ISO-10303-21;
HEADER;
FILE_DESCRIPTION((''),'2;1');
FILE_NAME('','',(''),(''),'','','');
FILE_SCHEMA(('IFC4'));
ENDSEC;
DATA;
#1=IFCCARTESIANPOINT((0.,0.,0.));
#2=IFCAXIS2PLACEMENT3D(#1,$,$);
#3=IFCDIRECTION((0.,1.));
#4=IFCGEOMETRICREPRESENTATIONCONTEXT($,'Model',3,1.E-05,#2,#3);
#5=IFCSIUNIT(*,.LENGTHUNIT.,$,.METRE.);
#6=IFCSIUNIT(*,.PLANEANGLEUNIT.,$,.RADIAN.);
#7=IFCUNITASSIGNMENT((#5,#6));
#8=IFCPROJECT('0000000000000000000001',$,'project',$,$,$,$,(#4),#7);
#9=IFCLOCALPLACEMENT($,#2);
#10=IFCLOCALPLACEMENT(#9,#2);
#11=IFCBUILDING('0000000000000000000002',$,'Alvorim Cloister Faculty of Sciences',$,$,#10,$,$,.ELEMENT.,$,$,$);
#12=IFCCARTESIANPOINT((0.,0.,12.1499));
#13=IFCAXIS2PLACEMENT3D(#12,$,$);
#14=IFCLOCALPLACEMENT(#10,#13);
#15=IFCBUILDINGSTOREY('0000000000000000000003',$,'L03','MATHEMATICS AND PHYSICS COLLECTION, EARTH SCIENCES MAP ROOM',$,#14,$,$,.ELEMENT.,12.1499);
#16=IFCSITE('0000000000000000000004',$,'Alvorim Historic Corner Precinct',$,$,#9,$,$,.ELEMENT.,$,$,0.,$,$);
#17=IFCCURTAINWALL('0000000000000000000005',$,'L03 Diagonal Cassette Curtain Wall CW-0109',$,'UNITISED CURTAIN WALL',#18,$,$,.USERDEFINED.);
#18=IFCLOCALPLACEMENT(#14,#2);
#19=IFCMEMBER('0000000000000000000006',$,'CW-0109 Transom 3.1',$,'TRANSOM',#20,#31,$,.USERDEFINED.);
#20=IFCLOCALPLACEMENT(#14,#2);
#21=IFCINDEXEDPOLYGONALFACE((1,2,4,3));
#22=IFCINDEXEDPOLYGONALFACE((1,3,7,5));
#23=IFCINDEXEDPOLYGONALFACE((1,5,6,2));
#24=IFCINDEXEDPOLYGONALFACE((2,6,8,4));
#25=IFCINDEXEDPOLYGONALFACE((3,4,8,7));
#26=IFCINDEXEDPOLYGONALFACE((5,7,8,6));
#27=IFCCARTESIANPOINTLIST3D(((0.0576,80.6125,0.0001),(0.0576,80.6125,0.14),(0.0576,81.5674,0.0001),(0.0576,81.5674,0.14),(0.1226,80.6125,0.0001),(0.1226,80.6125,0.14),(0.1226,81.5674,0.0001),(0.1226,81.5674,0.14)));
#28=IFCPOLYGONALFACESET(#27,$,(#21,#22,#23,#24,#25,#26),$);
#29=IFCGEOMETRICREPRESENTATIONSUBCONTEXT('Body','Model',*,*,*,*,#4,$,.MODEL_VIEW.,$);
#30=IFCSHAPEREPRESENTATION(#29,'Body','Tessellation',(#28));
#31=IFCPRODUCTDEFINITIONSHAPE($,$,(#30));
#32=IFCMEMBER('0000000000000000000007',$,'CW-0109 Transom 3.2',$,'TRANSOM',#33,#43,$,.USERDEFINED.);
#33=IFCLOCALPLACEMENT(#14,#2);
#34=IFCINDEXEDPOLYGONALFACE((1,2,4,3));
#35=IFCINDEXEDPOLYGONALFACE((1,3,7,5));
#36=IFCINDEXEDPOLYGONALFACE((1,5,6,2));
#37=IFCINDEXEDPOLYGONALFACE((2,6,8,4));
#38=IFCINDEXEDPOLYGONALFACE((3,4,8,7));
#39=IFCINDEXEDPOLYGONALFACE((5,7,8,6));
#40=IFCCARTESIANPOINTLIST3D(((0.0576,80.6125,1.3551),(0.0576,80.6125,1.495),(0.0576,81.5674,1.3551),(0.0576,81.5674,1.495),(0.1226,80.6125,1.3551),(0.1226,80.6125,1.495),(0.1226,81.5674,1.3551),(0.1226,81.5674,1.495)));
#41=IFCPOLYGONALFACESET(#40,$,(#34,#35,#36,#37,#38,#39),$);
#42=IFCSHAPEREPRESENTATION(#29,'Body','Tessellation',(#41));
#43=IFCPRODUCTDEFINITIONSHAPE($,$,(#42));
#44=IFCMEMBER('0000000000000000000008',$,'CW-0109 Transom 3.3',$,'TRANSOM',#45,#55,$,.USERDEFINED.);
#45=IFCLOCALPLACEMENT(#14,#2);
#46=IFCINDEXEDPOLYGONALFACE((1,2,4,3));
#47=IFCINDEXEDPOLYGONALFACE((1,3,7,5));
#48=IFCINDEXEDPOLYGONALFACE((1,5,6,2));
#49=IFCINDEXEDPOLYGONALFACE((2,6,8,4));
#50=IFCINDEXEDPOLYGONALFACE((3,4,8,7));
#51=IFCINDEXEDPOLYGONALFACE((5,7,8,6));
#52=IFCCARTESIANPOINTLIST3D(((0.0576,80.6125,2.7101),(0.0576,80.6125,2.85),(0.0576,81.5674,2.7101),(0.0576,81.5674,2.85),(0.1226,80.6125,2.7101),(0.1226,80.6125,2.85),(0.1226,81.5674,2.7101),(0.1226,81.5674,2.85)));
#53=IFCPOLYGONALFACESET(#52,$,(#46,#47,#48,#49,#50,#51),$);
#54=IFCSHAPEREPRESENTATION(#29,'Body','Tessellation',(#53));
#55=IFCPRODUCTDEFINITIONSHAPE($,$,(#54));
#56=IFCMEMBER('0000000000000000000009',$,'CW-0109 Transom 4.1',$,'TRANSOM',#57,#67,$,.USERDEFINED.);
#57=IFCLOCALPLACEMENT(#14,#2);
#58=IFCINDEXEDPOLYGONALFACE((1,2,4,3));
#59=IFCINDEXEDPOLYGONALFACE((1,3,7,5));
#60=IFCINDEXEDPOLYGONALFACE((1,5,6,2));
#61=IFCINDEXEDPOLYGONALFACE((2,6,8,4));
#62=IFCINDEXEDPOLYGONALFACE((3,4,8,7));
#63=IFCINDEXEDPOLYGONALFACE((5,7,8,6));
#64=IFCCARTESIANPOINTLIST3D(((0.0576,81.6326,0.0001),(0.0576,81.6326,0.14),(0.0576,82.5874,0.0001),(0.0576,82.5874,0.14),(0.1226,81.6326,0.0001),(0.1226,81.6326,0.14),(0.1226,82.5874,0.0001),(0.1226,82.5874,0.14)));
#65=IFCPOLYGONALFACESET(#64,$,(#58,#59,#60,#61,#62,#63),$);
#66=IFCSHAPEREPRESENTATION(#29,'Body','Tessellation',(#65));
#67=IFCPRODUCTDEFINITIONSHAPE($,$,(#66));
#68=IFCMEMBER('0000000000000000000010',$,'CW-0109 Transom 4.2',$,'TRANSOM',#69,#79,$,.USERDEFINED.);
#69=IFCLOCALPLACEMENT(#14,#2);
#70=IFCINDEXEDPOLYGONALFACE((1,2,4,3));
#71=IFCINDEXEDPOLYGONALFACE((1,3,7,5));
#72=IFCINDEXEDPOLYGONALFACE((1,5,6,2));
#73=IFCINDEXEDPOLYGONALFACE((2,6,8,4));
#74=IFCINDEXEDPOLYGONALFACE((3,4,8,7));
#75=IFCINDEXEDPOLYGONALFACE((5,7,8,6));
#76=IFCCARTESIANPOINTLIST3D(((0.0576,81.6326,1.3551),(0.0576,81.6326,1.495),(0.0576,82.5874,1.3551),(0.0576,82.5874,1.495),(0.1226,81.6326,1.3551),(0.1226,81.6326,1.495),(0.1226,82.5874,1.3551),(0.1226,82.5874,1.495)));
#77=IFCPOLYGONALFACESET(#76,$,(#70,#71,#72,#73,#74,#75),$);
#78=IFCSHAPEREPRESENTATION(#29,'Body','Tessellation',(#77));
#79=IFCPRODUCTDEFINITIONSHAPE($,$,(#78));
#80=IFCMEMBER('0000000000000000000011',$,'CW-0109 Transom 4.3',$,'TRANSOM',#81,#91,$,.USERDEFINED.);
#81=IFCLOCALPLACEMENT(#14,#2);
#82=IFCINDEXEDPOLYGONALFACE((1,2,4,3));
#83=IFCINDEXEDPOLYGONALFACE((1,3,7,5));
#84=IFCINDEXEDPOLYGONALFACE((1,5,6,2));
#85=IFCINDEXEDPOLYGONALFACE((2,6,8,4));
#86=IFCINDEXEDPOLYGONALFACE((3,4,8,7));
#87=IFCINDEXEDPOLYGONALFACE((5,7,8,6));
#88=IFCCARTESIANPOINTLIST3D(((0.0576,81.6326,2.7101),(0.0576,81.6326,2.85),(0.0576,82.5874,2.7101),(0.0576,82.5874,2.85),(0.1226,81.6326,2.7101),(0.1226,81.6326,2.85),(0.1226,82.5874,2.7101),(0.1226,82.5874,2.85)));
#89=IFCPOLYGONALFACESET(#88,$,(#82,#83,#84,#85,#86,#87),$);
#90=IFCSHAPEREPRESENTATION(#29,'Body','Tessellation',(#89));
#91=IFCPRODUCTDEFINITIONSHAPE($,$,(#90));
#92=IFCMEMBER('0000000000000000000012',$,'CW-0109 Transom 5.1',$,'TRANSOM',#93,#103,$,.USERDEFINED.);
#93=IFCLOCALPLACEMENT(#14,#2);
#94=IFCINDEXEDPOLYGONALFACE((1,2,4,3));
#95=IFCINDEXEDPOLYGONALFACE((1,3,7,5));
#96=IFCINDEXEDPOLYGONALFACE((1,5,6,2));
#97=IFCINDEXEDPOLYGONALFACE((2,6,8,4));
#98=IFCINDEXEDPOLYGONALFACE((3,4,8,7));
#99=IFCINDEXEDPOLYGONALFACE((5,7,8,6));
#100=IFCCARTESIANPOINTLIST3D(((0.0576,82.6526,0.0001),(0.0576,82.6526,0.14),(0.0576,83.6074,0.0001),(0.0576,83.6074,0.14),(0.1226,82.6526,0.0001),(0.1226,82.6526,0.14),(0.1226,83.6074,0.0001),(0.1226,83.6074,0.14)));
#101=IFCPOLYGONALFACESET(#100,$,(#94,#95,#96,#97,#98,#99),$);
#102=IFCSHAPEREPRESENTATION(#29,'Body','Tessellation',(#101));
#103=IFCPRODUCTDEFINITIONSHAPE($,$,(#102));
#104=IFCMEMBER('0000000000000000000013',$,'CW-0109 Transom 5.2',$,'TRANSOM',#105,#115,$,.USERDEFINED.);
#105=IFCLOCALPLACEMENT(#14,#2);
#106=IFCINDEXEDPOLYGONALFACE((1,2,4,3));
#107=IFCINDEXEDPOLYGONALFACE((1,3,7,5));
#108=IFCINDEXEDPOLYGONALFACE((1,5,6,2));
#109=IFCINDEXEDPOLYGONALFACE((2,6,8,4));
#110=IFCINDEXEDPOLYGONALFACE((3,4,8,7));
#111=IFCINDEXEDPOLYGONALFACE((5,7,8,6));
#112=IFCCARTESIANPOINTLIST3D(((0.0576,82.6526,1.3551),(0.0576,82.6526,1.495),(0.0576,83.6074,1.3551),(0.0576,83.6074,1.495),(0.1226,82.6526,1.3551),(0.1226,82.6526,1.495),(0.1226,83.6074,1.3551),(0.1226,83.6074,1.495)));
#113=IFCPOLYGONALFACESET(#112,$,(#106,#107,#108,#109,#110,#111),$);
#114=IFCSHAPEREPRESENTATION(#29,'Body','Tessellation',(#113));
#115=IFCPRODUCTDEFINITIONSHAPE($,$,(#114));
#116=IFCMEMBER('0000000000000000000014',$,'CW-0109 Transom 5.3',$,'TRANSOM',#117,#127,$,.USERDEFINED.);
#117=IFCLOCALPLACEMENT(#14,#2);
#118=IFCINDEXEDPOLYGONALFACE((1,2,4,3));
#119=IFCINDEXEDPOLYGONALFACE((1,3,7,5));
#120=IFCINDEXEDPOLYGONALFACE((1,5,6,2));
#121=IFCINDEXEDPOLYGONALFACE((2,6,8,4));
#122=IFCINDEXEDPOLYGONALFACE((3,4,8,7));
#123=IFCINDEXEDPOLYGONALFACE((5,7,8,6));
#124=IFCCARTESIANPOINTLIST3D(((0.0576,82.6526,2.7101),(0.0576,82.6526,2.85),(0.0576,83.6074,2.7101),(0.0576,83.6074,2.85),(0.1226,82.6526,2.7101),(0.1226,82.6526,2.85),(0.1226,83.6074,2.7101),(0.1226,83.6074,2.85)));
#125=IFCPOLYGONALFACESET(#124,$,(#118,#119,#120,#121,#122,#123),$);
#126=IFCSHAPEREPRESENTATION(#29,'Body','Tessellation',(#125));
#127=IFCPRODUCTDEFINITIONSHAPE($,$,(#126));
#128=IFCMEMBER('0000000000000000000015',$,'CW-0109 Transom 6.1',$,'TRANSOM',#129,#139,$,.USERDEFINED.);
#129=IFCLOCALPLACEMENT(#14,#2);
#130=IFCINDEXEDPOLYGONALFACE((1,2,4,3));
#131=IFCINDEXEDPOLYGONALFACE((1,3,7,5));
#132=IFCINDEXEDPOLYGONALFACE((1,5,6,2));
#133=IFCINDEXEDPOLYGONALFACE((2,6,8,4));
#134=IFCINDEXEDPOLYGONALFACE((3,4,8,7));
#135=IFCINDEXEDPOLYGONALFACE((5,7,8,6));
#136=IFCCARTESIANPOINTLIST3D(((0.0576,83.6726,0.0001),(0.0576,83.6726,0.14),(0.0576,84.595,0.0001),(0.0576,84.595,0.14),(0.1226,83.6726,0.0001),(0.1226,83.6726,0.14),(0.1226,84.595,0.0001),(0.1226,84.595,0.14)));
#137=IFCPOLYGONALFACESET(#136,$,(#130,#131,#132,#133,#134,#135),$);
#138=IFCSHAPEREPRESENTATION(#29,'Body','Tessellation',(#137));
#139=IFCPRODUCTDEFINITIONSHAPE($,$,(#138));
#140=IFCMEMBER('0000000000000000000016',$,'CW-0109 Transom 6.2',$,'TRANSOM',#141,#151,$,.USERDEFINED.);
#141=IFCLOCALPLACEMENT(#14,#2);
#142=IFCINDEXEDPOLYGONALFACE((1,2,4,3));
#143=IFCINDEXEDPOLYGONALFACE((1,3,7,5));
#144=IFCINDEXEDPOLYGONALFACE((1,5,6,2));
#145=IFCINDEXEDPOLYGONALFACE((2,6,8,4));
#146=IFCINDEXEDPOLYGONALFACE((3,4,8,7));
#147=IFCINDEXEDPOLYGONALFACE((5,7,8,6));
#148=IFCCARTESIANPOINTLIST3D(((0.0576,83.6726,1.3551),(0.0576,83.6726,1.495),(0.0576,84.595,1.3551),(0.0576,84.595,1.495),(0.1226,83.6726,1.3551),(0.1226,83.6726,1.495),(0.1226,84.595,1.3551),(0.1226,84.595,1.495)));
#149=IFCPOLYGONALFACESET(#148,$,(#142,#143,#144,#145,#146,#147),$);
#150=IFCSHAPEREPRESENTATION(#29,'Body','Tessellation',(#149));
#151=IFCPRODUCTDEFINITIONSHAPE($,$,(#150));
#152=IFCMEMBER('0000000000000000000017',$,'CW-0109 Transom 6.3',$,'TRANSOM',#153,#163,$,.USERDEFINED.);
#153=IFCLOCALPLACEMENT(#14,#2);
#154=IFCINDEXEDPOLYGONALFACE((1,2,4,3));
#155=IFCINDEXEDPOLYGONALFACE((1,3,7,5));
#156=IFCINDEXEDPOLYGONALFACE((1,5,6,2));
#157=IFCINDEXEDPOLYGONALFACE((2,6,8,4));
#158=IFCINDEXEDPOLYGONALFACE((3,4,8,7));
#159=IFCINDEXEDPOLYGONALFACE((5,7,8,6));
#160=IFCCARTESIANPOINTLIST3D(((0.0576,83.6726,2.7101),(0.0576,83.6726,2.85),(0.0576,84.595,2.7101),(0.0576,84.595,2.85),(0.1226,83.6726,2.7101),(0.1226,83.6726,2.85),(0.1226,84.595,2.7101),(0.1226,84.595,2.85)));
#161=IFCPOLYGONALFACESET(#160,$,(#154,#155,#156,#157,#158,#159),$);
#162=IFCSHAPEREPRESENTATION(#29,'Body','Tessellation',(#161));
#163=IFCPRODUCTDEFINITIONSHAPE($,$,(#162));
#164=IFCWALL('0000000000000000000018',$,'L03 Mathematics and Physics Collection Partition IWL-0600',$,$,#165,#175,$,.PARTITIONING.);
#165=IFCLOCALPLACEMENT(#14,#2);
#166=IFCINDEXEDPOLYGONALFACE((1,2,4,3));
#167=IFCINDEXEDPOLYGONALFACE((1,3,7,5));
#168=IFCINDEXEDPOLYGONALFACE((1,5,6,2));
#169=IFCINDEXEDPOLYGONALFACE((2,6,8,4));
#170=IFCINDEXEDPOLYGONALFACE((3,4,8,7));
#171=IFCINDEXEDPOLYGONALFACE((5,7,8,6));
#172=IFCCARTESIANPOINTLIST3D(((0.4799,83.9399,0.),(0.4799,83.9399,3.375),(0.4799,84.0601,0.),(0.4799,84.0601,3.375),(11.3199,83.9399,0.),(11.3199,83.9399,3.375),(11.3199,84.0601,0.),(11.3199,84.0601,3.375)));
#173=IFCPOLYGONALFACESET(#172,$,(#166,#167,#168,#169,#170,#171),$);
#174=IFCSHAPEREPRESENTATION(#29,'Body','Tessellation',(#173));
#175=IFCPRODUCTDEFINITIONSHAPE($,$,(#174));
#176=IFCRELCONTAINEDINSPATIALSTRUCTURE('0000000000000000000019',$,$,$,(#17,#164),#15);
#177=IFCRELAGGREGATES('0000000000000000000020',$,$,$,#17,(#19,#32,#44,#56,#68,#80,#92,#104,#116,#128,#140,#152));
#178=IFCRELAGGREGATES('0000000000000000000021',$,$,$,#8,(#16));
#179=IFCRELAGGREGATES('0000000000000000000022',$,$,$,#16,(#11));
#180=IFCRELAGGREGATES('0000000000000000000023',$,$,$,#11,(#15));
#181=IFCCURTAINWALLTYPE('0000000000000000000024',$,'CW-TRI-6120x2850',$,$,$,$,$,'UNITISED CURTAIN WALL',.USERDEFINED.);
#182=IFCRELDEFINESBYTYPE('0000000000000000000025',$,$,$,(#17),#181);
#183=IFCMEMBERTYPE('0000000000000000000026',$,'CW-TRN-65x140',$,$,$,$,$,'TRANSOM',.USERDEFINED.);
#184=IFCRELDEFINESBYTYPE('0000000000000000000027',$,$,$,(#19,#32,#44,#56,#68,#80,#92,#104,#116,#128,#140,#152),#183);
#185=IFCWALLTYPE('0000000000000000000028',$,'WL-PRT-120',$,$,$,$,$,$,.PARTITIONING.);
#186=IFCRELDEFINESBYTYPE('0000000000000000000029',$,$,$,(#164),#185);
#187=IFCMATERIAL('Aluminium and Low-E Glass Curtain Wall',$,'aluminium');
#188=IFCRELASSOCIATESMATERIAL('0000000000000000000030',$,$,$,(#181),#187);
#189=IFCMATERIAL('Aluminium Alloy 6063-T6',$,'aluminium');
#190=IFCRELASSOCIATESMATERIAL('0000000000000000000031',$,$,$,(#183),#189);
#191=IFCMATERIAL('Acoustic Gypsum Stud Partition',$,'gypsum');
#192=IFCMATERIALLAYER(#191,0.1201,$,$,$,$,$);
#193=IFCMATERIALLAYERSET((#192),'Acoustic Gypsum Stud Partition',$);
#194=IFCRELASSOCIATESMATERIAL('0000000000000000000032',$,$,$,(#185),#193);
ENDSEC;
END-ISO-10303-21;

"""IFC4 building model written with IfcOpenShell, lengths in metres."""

from ifc_helpers import new_model, si_unit, direction, frame, frame_2d, origin, origin_2d, place, context, subcontext, project, spatial, rectangle, extrude, material, layer, layer_set, material_profile, profile_set, type_object, element, aggregate, save


model = new_model("IFC4")

# Units and contexts
model_context = context("Model", 3, precision=1e-05, world=origin(), true_north=direction((0.0, 1.0)))
body_context = subcontext(model_context, "Body", "Model", "MODEL_VIEW")
ifc_project = project(units=[si_unit("LENGTHUNIT", "METRE"), si_unit("PLANEANGLEUNIT", "RADIAN")], contexts=[model_context])

# Site, building, storey
site_placement = place(None, origin())
site = spatial("IfcSite", under=ifc_project, at=site_placement, Name="Alvorim Historic Corner Precinct", CompositionType="ELEMENT", RefElevation=0.0)
building_placement = place(site_placement, origin())
building = spatial("IfcBuilding", under=site, at=building_placement, Name="Alvorim Cloister Faculty of Sciences", CompositionType="ELEMENT")
storey_placement = place(building_placement, frame((0.0, 0.0, 12.1499)))
storey = spatial("IfcBuildingStorey", under=building, at=storey_placement, Name="L03", Description="MATHEMATICS AND PHYSICS COLLECTION, EARTH SCIENCES MAP ROOM", CompositionType="ELEMENT", Elevation=12.1499)

# Curtain wall, members
ifc_material_1 = material(Name="Aluminium and Low-E Glass Curtain Wall", Category="aluminium")
curtain_wall_type = type_object("IfcCurtainWallType", Name="CW-TRI-6120x2850", ElementType="UNITISED CURTAIN WALL", PredefinedType="USERDEFINED", material=ifc_material_1)
curtain_wall_placement = place(storey_placement, origin())
curtain_wall = element("IfcCurtainWall", 1, at=curtain_wall_placement, inside=storey, type_object=curtain_wall_type, Name="L03 Diagonal Cassette Curtain Wall CW-0109", ObjectType="UNITISED CURTAIN WALL", PredefinedType="USERDEFINED")
ifc_material_2 = material(Name="Aluminium Alloy 6063-T6", Category="aluminium")
ifc_material_profile_1 = material_profile(ifc_material_2, rectangle(XDim=0.0649, YDim=0.1399, at=origin_2d()), Name="ALU-TRN-65x140")
ifc_profile_set_1 = profile_set([ifc_material_profile_1], Name="Aluminium Alloy 6063-T6")
member_type_1 = type_object("IfcMemberType", Name="CW-TRN-65x140", ElementType="TRANSOM", PredefinedType="USERDEFINED", material=ifc_profile_set_1)
member_1_placement = place(storey_placement, frame((0.0901, 80.6125, 0.0701), z_axis=(0.0, 1.0, 0.0), x_axis=(-1.0, 0.0, 0.0)))
member_1 = element("IfcMember", 2, at=member_1_placement, type_object=member_type_1, Name="CW-0109 Transom 3.1", ObjectType="TRANSOM", PredefinedType="USERDEFINED", context=body_context, shape_type="SweptSolid", body=[
    extrude(rectangle(XDim=0.0649, YDim=0.1399, at=origin_2d()), origin(), (0.0, 0.0, 1.0), 0.9548),
])
member_2_placement = place(storey_placement, frame((0.0901, 80.6125, 1.425), z_axis=(0.0, 1.0, 0.0), x_axis=(-1.0, 0.0, 0.0)))
member_2 = element("IfcMember", 3, at=member_2_placement, type_object=member_type_1, Name="CW-0109 Transom 3.2", ObjectType="TRANSOM", PredefinedType="USERDEFINED", context=body_context, shape_type="SweptSolid", body=[
    extrude(rectangle(XDim=0.0649, YDim=0.1399, at=origin_2d()), origin(), (0.0, 0.0, 1.0), 0.9548),
])
member_3_placement = place(storey_placement, frame((0.0901, 80.6125, 2.78), z_axis=(0.0, 1.0, 0.0), x_axis=(-1.0, 0.0, 0.0)))
member_3 = element("IfcMember", 4, at=member_3_placement, type_object=member_type_1, Name="CW-0109 Transom 3.3", ObjectType="TRANSOM", PredefinedType="USERDEFINED", context=body_context, shape_type="SweptSolid", body=[
    extrude(rectangle(XDim=0.0649, YDim=0.1399, at=origin_2d()), origin(), (0.0, 0.0, 1.0), 0.9548),
])
member_4_placement = place(storey_placement, frame((0.0901, 81.6326, 0.0701), z_axis=(0.0, 1.0, 0.0), x_axis=(-1.0, 0.0, 0.0)))
member_4 = element("IfcMember", 5, at=member_4_placement, type_object=member_type_1, Name="CW-0109 Transom 4.1", ObjectType="TRANSOM", PredefinedType="USERDEFINED", context=body_context, shape_type="SweptSolid", body=[
    extrude(rectangle(XDim=0.0649, YDim=0.1399, at=origin_2d()), origin(), (0.0, 0.0, 1.0), 0.9548),
])
member_5_placement = place(storey_placement, frame((0.0901, 81.6326, 1.425), z_axis=(0.0, 1.0, 0.0), x_axis=(-1.0, 0.0, 0.0)))
member_5 = element("IfcMember", 6, at=member_5_placement, type_object=member_type_1, Name="CW-0109 Transom 4.2", ObjectType="TRANSOM", PredefinedType="USERDEFINED", context=body_context, shape_type="SweptSolid", body=[
    extrude(rectangle(XDim=0.0649, YDim=0.1399, at=origin_2d()), origin(), (0.0, 0.0, 1.0), 0.9548),
])
member_6_placement = place(storey_placement, frame((0.0901, 81.6326, 2.78), z_axis=(0.0, 1.0, 0.0), x_axis=(-1.0, 0.0, 0.0)))
member_6 = element("IfcMember", 7, at=member_6_placement, type_object=member_type_1, Name="CW-0109 Transom 4.3", ObjectType="TRANSOM", PredefinedType="USERDEFINED", context=body_context, shape_type="SweptSolid", body=[
    extrude(rectangle(XDim=0.0649, YDim=0.1399, at=origin_2d()), origin(), (0.0, 0.0, 1.0), 0.9548),
])
member_7_placement = place(storey_placement, frame((0.0901, 82.6526, 0.0701), z_axis=(0.0, 1.0, 0.0), x_axis=(-1.0, 0.0, 0.0)))
member_7 = element("IfcMember", 8, at=member_7_placement, type_object=member_type_1, Name="CW-0109 Transom 5.1", ObjectType="TRANSOM", PredefinedType="USERDEFINED", context=body_context, shape_type="SweptSolid", body=[
    extrude(rectangle(XDim=0.0649, YDim=0.1399, at=origin_2d()), origin(), (0.0, 0.0, 1.0), 0.9548),
])
member_8_placement = place(storey_placement, frame((0.0901, 82.6526, 1.425), z_axis=(0.0, 1.0, 0.0), x_axis=(-1.0, 0.0, 0.0)))
member_8 = element("IfcMember", 9, at=member_8_placement, type_object=member_type_1, Name="CW-0109 Transom 5.2", ObjectType="TRANSOM", PredefinedType="USERDEFINED", context=body_context, shape_type="SweptSolid", body=[
    extrude(rectangle(XDim=0.0649, YDim=0.1399, at=origin_2d()), origin(), (0.0, 0.0, 1.0), 0.9548),
])
member_9_placement = place(storey_placement, frame((0.0901, 82.6526, 2.78), z_axis=(0.0, 1.0, 0.0), x_axis=(-1.0, 0.0, 0.0)))
member_9 = element("IfcMember", 10, at=member_9_placement, type_object=member_type_1, Name="CW-0109 Transom 5.3", ObjectType="TRANSOM", PredefinedType="USERDEFINED", context=body_context, shape_type="SweptSolid", body=[
    extrude(rectangle(XDim=0.0649, YDim=0.1399, at=origin_2d()), origin(), (0.0, 0.0, 1.0), 0.9548),
])
member_10_placement = place(storey_placement, frame((0.0901, 83.6726, 0.0701), z_axis=(0.0, 1.0, 0.0), x_axis=(-1.0, 0.0, 0.0)))
member_10 = element("IfcMember", 11, at=member_10_placement, type_object=member_type_1, Name="CW-0109 Transom 6.1", ObjectType="TRANSOM", PredefinedType="USERDEFINED", context=body_context, shape_type="SweptSolid", body=[
    extrude(rectangle(XDim=0.0649, YDim=0.1399, at=origin_2d()), origin(), (0.0, 0.0, 1.0), 0.9224),
])
member_11_placement = place(storey_placement, frame((0.0901, 83.6726, 1.425), z_axis=(0.0, 1.0, 0.0), x_axis=(-1.0, 0.0, 0.0)))
member_11 = element("IfcMember", 12, at=member_11_placement, type_object=member_type_1, Name="CW-0109 Transom 6.2", ObjectType="TRANSOM", PredefinedType="USERDEFINED", context=body_context, shape_type="SweptSolid", body=[
    extrude(rectangle(XDim=0.0649, YDim=0.1399, at=origin_2d()), origin(), (0.0, 0.0, 1.0), 0.9224),
])
member_12_placement = place(storey_placement, frame((0.0901, 83.6726, 2.78), z_axis=(0.0, 1.0, 0.0), x_axis=(-1.0, 0.0, 0.0)))
member_12 = element("IfcMember", 13, at=member_12_placement, type_object=member_type_1, Name="CW-0109 Transom 6.3", ObjectType="TRANSOM", PredefinedType="USERDEFINED", context=body_context, shape_type="SweptSolid", body=[
    extrude(rectangle(XDim=0.0649, YDim=0.1399, at=origin_2d()), origin(), (0.0, 0.0, 1.0), 0.9224),
])
aggregate(curtain_wall, [member_1, member_2, member_3, member_4, member_5, member_6, member_7, member_8, member_9, member_10, member_11, member_12])

# Wall
ifc_material_3 = material(Name="Acoustic Gypsum Stud Partition", Category="gypsum")
ifc_layer = layer(ifc_material_3, 0.1201)
ifc_layer_set = layer_set([ifc_layer], Name="Acoustic Gypsum Stud Partition")
wall_type = type_object("IfcWallType", Name="WL-PRT-120", PredefinedType="PARTITIONING", material=ifc_layer_set)
wall_placement = place(storey_placement, frame((0.48, 84.0, 0.0), z_axis=(0.0, 0.0, 1.0), x_axis=(1.0, 0.0, 0.0)))
element("IfcWall", 14, at=wall_placement, inside=storey, type_object=wall_type, Name="L03 Mathematics and Physics Collection Partition IWL-0600", PredefinedType="PARTITIONING", context=body_context, shape_type="SweptSolid", body=[
    extrude(rectangle(XDim=10.8401, YDim=0.1201, at=frame_2d((5.4199, 0.0))), origin(), (0.0, 0.0, 1.0), 3.375),
])

save(model, "model.ifc")
